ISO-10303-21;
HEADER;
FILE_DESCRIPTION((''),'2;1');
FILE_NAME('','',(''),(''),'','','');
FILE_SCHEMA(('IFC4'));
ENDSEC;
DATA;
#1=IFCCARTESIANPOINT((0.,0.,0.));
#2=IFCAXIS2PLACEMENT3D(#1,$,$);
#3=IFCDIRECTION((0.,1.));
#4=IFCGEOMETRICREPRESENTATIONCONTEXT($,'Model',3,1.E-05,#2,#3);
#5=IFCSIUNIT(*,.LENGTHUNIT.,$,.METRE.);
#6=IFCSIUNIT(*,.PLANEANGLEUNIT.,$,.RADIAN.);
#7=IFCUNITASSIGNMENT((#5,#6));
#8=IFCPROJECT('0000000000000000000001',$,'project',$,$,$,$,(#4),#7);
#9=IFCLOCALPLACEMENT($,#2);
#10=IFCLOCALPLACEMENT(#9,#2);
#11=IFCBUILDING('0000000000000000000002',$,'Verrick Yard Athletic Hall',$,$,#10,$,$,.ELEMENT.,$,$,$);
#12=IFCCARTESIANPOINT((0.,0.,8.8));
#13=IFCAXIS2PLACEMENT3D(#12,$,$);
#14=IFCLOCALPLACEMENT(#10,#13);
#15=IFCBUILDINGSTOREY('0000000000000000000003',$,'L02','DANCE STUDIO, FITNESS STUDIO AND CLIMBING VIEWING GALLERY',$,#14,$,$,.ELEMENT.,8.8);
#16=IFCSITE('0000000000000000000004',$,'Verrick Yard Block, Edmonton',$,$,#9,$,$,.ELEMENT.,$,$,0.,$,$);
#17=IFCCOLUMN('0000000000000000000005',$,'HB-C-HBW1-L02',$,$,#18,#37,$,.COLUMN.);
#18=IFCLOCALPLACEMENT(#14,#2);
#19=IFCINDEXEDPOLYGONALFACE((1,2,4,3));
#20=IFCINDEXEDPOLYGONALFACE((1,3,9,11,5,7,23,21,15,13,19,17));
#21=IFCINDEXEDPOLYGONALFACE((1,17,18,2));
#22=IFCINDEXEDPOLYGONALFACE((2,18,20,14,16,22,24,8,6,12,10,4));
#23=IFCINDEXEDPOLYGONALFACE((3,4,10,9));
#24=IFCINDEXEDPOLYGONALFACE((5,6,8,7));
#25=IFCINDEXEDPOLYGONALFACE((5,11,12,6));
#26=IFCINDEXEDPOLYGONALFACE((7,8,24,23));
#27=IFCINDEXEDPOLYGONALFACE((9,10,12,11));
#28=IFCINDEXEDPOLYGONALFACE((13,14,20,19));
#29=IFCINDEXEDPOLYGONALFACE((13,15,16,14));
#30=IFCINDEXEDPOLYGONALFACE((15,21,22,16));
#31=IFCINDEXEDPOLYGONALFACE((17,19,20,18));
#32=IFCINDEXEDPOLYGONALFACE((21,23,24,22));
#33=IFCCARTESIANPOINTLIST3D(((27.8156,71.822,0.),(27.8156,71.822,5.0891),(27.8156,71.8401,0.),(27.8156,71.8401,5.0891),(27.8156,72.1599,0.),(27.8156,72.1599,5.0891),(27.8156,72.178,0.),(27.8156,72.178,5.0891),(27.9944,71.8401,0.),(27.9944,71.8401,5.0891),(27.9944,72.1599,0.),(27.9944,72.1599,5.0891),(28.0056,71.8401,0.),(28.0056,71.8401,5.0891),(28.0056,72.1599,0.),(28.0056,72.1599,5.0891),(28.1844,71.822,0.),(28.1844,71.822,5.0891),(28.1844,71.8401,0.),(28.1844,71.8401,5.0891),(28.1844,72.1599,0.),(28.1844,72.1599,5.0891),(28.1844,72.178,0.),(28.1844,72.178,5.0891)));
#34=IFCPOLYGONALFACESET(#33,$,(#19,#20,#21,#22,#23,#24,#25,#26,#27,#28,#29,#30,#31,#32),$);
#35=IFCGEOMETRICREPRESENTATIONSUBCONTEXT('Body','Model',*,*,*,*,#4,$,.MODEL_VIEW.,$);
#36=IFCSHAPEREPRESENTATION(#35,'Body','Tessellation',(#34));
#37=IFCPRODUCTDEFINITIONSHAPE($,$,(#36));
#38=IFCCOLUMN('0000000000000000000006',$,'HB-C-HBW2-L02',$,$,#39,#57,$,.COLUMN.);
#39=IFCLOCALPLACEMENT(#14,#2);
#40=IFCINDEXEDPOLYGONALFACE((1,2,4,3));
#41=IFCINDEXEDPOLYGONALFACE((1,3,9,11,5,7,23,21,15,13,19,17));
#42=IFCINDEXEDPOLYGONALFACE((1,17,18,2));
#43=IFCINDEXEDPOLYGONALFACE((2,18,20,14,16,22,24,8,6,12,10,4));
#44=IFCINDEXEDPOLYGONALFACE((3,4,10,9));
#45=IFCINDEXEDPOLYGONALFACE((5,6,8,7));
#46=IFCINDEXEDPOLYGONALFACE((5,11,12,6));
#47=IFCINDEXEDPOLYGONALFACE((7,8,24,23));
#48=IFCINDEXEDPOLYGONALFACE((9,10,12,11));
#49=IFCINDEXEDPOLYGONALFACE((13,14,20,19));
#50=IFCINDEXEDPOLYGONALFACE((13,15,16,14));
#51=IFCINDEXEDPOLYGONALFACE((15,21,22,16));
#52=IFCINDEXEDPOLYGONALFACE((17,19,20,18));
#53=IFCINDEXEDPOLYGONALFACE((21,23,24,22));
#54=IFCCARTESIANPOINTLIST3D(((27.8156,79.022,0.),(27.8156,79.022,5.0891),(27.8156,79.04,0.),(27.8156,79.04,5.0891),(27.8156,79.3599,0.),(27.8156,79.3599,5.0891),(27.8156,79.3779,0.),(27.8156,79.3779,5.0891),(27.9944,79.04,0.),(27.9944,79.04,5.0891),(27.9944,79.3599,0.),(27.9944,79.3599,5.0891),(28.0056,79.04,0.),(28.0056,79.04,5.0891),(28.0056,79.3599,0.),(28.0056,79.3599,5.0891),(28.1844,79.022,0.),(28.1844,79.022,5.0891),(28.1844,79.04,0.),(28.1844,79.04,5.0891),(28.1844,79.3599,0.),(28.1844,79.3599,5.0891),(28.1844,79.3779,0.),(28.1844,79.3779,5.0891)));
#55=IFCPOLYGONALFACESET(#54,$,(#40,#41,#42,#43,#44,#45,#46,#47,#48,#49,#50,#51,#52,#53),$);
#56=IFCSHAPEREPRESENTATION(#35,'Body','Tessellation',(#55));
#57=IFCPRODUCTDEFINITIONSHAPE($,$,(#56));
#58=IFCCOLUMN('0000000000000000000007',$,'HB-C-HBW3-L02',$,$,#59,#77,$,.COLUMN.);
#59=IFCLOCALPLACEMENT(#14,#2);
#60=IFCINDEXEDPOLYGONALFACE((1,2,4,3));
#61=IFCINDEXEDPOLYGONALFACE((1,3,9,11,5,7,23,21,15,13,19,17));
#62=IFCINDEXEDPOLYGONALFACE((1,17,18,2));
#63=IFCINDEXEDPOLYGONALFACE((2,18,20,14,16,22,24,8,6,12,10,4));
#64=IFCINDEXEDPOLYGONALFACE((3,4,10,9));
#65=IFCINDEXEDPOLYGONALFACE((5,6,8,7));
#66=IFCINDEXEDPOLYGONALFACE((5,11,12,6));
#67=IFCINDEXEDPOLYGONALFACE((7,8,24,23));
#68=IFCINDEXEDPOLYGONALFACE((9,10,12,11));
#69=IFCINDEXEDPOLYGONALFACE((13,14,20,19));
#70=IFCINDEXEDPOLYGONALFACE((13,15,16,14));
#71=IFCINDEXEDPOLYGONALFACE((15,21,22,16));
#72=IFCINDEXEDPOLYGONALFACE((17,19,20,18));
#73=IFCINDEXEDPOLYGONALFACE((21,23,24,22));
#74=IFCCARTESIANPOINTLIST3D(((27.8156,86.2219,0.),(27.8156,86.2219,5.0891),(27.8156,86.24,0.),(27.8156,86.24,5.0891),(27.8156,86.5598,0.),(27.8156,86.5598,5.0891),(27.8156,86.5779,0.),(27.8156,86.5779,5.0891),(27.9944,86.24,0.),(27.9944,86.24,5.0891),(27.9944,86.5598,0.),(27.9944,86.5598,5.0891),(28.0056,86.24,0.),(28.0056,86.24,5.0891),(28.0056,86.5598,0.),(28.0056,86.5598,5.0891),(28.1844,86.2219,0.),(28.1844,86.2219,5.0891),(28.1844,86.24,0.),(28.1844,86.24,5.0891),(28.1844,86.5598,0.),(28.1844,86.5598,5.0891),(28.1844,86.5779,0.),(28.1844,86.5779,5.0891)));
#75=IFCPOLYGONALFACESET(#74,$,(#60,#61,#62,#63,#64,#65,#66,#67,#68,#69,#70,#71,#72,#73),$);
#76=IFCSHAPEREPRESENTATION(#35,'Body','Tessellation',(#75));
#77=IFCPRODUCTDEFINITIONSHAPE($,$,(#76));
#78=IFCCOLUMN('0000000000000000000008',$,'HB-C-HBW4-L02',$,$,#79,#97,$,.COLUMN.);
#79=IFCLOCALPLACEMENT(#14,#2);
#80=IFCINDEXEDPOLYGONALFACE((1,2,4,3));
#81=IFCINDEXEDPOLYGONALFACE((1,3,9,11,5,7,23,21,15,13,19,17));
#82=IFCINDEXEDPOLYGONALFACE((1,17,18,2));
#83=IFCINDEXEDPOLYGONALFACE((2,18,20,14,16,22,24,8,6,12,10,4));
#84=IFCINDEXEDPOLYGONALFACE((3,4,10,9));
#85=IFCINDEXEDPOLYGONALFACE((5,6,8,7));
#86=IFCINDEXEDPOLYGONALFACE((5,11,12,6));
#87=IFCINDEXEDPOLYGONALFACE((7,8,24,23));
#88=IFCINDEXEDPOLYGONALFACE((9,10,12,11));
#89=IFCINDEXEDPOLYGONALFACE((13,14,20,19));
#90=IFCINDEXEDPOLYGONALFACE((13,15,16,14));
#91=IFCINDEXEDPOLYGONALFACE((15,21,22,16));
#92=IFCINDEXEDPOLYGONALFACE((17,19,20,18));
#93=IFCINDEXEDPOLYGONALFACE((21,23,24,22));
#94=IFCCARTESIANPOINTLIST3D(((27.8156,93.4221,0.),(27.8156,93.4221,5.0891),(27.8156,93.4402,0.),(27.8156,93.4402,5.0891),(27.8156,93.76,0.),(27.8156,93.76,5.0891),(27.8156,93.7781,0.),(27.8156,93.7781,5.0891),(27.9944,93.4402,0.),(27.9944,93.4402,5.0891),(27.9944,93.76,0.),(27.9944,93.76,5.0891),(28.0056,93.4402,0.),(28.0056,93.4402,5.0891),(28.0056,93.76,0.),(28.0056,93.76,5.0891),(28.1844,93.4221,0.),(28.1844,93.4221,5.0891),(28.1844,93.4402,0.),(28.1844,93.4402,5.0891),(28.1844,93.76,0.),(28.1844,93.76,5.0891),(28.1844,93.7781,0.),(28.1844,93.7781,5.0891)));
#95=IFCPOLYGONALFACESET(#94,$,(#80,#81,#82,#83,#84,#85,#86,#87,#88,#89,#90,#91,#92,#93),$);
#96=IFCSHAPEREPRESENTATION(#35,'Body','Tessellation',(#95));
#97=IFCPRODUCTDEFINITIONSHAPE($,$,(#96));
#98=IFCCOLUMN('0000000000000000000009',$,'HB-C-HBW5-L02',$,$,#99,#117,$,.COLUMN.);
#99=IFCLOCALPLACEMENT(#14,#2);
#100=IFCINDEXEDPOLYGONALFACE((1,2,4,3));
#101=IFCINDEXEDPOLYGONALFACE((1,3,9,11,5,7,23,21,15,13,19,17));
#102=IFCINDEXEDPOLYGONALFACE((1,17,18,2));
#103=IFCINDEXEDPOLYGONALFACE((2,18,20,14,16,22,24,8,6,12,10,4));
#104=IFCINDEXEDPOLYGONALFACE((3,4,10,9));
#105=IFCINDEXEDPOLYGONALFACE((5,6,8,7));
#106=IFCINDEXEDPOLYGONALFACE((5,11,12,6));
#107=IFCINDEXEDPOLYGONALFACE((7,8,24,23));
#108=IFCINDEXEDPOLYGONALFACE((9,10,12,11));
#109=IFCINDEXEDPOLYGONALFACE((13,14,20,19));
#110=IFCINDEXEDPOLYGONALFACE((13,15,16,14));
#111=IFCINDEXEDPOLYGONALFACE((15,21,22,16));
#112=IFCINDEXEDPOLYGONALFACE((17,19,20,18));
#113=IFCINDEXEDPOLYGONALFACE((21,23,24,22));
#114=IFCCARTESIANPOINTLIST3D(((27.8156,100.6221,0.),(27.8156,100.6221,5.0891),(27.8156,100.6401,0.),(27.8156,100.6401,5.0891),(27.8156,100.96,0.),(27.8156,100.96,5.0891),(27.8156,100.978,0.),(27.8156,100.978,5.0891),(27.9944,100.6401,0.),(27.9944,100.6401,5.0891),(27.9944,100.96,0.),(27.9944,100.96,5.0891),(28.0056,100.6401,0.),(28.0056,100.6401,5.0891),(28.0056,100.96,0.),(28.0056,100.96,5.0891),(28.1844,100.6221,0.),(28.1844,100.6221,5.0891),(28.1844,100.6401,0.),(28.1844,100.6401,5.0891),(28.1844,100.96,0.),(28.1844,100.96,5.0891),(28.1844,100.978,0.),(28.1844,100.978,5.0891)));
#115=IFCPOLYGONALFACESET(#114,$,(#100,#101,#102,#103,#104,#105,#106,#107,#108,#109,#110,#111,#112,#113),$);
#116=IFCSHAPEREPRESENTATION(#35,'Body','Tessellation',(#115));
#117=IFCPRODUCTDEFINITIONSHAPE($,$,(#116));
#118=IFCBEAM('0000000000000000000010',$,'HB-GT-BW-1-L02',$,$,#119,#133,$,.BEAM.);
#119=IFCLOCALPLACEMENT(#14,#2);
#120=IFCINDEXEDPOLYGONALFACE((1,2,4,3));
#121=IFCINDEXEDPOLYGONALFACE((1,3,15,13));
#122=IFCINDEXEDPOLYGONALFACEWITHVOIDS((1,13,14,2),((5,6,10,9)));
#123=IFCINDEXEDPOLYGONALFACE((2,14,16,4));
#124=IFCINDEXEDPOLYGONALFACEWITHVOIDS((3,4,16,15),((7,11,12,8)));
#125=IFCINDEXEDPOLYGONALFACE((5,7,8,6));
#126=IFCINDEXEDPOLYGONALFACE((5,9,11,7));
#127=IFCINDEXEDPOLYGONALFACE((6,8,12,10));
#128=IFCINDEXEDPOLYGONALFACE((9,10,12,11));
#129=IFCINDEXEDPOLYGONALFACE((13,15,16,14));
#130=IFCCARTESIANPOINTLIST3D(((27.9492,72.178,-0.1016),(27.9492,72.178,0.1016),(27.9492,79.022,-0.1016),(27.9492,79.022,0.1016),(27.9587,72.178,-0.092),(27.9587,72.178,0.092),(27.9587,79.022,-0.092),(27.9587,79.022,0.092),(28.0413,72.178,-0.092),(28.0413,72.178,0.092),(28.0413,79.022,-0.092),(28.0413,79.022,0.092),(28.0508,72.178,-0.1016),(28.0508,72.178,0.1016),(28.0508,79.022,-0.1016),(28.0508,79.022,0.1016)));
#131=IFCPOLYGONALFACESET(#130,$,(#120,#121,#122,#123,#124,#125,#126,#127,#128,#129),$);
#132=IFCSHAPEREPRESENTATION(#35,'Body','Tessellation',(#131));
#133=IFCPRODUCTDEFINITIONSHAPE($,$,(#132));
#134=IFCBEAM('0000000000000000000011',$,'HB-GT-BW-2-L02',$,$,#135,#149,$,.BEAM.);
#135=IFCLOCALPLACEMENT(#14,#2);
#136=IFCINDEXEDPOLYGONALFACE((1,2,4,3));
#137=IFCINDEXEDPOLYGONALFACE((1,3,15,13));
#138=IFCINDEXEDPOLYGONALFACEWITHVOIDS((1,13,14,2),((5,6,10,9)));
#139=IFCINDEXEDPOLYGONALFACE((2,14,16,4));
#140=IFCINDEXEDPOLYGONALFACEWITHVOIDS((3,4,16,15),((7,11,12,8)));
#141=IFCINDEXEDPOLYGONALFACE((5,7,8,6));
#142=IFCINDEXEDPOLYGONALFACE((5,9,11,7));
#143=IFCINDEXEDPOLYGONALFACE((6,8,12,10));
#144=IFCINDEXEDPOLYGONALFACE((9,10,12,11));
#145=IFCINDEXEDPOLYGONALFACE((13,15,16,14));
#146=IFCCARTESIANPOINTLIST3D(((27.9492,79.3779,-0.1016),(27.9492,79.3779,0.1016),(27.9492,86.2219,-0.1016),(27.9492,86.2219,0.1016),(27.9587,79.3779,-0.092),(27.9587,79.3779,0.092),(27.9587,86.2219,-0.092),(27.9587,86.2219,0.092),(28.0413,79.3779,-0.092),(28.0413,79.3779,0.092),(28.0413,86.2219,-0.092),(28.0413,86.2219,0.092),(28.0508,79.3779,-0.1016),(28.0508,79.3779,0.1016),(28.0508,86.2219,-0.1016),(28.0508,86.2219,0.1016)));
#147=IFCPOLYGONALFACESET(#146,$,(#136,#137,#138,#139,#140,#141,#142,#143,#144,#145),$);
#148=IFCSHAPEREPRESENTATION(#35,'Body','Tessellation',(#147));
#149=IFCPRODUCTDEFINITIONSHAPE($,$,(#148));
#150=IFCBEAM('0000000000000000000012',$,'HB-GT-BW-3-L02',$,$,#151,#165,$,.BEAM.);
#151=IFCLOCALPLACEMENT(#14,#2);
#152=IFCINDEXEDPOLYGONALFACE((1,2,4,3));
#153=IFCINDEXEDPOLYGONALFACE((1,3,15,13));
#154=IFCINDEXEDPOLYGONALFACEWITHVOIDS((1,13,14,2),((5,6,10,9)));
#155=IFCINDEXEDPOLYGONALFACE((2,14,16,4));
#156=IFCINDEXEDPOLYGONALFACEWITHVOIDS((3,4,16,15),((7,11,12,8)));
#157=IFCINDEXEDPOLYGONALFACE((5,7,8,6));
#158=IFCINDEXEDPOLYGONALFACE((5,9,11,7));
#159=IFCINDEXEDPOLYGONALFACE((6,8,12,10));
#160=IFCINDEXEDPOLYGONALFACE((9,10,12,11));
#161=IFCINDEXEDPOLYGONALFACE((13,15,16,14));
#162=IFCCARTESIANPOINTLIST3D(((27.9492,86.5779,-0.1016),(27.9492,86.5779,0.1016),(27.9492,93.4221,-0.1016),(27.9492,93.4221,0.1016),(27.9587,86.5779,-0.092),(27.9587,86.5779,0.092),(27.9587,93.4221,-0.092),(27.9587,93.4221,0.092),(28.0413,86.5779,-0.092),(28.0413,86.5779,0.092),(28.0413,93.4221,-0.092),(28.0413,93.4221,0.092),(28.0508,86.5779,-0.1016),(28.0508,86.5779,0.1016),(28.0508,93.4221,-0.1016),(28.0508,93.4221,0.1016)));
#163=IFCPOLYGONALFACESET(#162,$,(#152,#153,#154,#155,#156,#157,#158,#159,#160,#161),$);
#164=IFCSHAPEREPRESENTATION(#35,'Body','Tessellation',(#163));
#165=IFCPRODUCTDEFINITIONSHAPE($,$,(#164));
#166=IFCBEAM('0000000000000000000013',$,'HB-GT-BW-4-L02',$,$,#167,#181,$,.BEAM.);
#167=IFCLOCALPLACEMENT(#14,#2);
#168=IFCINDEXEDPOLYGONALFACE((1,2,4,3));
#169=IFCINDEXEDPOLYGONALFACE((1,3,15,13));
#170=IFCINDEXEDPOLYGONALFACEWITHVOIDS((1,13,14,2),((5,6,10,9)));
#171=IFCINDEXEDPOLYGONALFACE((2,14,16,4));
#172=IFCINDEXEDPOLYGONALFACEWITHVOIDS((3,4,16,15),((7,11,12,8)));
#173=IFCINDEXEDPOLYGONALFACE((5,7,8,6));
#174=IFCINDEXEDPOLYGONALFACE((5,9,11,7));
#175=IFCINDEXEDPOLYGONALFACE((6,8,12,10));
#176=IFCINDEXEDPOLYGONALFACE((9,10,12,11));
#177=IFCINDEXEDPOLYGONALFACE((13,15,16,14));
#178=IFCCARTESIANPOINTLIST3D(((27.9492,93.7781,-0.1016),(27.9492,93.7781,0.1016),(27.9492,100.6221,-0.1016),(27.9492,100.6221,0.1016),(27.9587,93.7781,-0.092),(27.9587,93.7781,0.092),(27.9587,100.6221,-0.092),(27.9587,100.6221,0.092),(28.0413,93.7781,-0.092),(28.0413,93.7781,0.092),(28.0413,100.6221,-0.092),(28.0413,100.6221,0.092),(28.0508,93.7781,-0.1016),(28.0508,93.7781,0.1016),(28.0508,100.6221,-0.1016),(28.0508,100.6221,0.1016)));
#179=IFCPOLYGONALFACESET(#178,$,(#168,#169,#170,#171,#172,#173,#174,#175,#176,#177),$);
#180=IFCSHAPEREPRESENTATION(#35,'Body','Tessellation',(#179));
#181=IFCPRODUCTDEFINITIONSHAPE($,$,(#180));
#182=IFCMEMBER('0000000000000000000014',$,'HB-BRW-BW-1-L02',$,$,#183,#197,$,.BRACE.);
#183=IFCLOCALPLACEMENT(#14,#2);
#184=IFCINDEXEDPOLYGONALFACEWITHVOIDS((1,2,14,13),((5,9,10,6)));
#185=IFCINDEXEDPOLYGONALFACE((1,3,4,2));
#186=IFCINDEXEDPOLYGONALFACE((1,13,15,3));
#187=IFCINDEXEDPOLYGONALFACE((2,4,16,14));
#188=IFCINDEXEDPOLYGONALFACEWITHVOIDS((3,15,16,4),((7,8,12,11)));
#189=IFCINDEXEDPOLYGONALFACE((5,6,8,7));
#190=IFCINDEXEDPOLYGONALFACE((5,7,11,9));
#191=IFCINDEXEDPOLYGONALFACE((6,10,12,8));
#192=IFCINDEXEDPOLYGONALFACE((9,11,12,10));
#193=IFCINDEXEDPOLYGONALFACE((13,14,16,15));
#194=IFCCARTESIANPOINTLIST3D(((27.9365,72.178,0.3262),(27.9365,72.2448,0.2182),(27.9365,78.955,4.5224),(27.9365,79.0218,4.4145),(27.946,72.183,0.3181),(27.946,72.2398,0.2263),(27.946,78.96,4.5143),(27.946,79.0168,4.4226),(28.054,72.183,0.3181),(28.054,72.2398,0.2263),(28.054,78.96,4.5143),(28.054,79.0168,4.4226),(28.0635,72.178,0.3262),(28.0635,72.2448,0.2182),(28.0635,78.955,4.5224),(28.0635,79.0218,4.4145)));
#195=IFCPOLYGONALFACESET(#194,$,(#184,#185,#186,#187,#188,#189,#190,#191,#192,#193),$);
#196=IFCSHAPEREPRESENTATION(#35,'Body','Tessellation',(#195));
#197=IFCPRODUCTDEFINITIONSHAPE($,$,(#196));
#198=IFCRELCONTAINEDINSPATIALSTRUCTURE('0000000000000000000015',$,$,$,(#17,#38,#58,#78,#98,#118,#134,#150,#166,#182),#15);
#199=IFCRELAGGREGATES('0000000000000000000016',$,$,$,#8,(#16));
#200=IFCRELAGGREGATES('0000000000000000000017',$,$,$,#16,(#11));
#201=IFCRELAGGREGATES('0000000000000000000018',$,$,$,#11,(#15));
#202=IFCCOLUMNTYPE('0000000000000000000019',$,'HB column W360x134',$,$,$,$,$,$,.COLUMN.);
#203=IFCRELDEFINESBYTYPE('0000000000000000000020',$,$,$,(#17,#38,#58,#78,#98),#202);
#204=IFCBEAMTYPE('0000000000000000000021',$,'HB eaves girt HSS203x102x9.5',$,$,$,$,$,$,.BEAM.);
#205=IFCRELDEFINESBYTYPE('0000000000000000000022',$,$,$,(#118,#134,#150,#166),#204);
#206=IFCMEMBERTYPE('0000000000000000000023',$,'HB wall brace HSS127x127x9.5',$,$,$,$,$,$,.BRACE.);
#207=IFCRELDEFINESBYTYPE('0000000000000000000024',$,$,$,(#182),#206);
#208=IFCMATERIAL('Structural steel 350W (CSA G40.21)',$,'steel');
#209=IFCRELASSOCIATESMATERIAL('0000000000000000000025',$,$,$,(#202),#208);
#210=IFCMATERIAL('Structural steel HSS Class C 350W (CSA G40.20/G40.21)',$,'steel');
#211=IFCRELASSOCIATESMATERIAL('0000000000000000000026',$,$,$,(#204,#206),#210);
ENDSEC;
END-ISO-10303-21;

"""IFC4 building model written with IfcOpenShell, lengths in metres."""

from ifc_helpers import new_model, si_unit, direction, frame, origin, origin_2d, place, context, subcontext, project, spatial, hollow_rectangle, i_section, extrude, material, material_profile, profile_set, type_object, element, save


model = new_model("IFC4")

# Units and contexts
model_context = context("Model", 3, precision=1e-05, world=origin(), true_north=direction((0.0, 1.0)))
body_context = subcontext(model_context, "Body", "Model", "MODEL_VIEW")
ifc_project = project(units=[si_unit("LENGTHUNIT", "METRE"), si_unit("PLANEANGLEUNIT", "RADIAN")], contexts=[model_context])

# Site, building, storey
site_placement = place(None, origin())
site = spatial("IfcSite", under=ifc_project, at=site_placement, Name="Verrick Yard Block, Edmonton", CompositionType="ELEMENT", RefElevation=0.0)
building_placement = place(site_placement, origin())
building = spatial("IfcBuilding", under=site, at=building_placement, Name="Verrick Yard Athletic Hall", CompositionType="ELEMENT")
storey_placement = place(building_placement, frame((0.0, 0.0, 8.8)))
storey = spatial("IfcBuildingStorey", under=building, at=storey_placement, Name="L02", Description="DANCE STUDIO, FITNESS STUDIO AND CLIMBING VIEWING GALLERY", CompositionType="ELEMENT", Elevation=8.8)

# Columns
ifc_material_1 = material(Name="Structural steel 350W (CSA G40.21)", Category="steel")
ifc_material_profile_1 = material_profile(ifc_material_1, i_section(OverallWidth=0.3689, OverallDepth=0.356, WebThickness=0.0112, FlangeThickness=0.0181, at=origin_2d()), Name="W360x134")
ifc_profile_set_1 = profile_set([ifc_material_profile_1], Name="Structural steel 350W (CSA G40.21)")
column_type = type_object("IfcColumnType", Name="HB column W360x134", PredefinedType="COLUMN", material=ifc_profile_set_1)
for number, where, z_axis, x_axis, name in (
    (1, (28.0, 72.0, 0.0), (0.0, 0.0, 1.0), (1.0, 0.0, 0.0), "HB-C-HBW1-L02"),
    (2, (28.0, 79.2, 0.0), (0.0, 0.0, 1.0), (1.0, 0.0, 0.0), "HB-C-HBW2-L02"),
    (3, (28.0, 86.3999, 0.0), (0.0, 0.0, 1.0), (1.0, 0.0, 0.0), "HB-C-HBW3-L02"),
    (4, (28.0, 93.6001, 0.0), (0.0, 0.0, 1.0), (1.0, 0.0, 0.0), "HB-C-HBW4-L02"),
    (5, (28.0, 100.8, 0.0), (0.0, 0.0, 1.0), (1.0, 0.0, 0.0), "HB-C-HBW5-L02"),
):
    element("IfcColumn", number, at=place(storey_placement, frame(where, z_axis=z_axis, x_axis=x_axis)), inside=storey, type_object=column_type, Name=name, PredefinedType="COLUMN", context=body_context, shape_type="SweptSolid", body=[
        extrude(i_section(OverallWidth=0.3689, OverallDepth=0.356, WebThickness=0.0112, FlangeThickness=0.0181, at=origin_2d()), origin(), (0.0, 0.0, 1.0), 5.0891),
    ])

# Beams
ifc_material_2 = material(Name="Structural steel HSS Class C 350W (CSA G40.20/G40.21)", Category="steel")
ifc_material_profile_2 = material_profile(ifc_material_2, hollow_rectangle(XDim=0.1016, YDim=0.2031, WallThickness=0.0095, at=origin_2d()), Name="HSS203x102x9.5")
ifc_profile_set_2 = profile_set([ifc_material_profile_2], Name="Structural steel HSS Class C 350W (CSA G40.20/G40.21)")
beam_type_1 = type_object("IfcBeamType", Name="HB eaves girt HSS203x102x9.5", PredefinedType="BEAM", material=ifc_profile_set_2)
for number, where, z_axis, x_axis, name in (
    (6, (28.0, 72.178, 0.0), (0.0, 1.0, 0.0), (-1.0, 0.0, 0.0), "HB-GT-BW-1-L02"),
    (7, (28.0, 79.3779, 0.0), (0.0, 1.0, 0.0), (-1.0, 0.0, 0.0), "HB-GT-BW-2-L02"),
):
    element("IfcBeam", number, at=place(storey_placement, frame(where, z_axis=z_axis, x_axis=x_axis)), inside=storey, type_object=beam_type_1, Name=name, PredefinedType="BEAM", context=body_context, shape_type="SweptSolid", body=[
        extrude(hollow_rectangle(XDim=0.1016, YDim=0.2031, WallThickness=0.0095, at=origin_2d()), origin(), (0.0, 0.0, 1.0), 6.844),
    ])
beam_1_placement = place(storey_placement, frame((28.0, 86.5779, 0.0), z_axis=(0.0, 1.0, 0.0), x_axis=(-1.0, 0.0, 0.0)))
element("IfcBeam", 8, at=beam_1_placement, inside=storey, type_object=beam_type_1, Name="HB-GT-BW-3-L02", PredefinedType="BEAM", context=body_context, shape_type="SweptSolid", body=[
    extrude(hollow_rectangle(XDim=0.1016, YDim=0.2031, WallThickness=0.0095, at=origin_2d()), origin(), (0.0, 0.0, 1.0), 6.8442),
])
beam_2_placement = place(storey_placement, frame((28.0, 93.7781, 0.0), z_axis=(0.0, 1.0, 0.0), x_axis=(-1.0, 0.0, 0.0)))
element("IfcBeam", 9, at=beam_2_placement, inside=storey, type_object=beam_type_1, Name="HB-GT-BW-4-L02", PredefinedType="BEAM", context=body_context, shape_type="SweptSolid", body=[
    extrude(hollow_rectangle(XDim=0.1016, YDim=0.2031, WallThickness=0.0095, at=origin_2d()), origin(), (0.0, 0.0, 1.0), 6.844),
])

# Member
ifc_material_profile_3 = material_profile(ifc_material_2, hollow_rectangle(XDim=0.127, YDim=0.127, WallThickness=0.0095, at=origin_2d()), Name="HSS127x127x9.5")
ifc_profile_set_3 = profile_set([ifc_material_profile_3], Name="Structural steel HSS Class C 350W (CSA G40.20/G40.21)")
member_type = type_object("IfcMemberType", Name="HB wall brace HSS127x127x9.5", PredefinedType="BRACE", material=ifc_profile_set_3)
member_1_placement = place(storey_placement, frame((28.0, 72.2114, 0.2722), z_axis=(0.0, 0.850212, 0.52644), x_axis=(-1.0, 0.0, 0.0)))
element("IfcMember", 10, at=member_1_placement, inside=storey, type_object=member_type, Name="HB-BRW-BW-1-L02", PredefinedType="BRACE", context=body_context, shape_type="SweptSolid", body=[
    extrude(hollow_rectangle(XDim=0.127, YDim=0.127, WallThickness=0.0095, at=origin_2d()), origin(), (0.0, 0.0, 1.0), 7.9709),
])

save(model, "model.ifc")
